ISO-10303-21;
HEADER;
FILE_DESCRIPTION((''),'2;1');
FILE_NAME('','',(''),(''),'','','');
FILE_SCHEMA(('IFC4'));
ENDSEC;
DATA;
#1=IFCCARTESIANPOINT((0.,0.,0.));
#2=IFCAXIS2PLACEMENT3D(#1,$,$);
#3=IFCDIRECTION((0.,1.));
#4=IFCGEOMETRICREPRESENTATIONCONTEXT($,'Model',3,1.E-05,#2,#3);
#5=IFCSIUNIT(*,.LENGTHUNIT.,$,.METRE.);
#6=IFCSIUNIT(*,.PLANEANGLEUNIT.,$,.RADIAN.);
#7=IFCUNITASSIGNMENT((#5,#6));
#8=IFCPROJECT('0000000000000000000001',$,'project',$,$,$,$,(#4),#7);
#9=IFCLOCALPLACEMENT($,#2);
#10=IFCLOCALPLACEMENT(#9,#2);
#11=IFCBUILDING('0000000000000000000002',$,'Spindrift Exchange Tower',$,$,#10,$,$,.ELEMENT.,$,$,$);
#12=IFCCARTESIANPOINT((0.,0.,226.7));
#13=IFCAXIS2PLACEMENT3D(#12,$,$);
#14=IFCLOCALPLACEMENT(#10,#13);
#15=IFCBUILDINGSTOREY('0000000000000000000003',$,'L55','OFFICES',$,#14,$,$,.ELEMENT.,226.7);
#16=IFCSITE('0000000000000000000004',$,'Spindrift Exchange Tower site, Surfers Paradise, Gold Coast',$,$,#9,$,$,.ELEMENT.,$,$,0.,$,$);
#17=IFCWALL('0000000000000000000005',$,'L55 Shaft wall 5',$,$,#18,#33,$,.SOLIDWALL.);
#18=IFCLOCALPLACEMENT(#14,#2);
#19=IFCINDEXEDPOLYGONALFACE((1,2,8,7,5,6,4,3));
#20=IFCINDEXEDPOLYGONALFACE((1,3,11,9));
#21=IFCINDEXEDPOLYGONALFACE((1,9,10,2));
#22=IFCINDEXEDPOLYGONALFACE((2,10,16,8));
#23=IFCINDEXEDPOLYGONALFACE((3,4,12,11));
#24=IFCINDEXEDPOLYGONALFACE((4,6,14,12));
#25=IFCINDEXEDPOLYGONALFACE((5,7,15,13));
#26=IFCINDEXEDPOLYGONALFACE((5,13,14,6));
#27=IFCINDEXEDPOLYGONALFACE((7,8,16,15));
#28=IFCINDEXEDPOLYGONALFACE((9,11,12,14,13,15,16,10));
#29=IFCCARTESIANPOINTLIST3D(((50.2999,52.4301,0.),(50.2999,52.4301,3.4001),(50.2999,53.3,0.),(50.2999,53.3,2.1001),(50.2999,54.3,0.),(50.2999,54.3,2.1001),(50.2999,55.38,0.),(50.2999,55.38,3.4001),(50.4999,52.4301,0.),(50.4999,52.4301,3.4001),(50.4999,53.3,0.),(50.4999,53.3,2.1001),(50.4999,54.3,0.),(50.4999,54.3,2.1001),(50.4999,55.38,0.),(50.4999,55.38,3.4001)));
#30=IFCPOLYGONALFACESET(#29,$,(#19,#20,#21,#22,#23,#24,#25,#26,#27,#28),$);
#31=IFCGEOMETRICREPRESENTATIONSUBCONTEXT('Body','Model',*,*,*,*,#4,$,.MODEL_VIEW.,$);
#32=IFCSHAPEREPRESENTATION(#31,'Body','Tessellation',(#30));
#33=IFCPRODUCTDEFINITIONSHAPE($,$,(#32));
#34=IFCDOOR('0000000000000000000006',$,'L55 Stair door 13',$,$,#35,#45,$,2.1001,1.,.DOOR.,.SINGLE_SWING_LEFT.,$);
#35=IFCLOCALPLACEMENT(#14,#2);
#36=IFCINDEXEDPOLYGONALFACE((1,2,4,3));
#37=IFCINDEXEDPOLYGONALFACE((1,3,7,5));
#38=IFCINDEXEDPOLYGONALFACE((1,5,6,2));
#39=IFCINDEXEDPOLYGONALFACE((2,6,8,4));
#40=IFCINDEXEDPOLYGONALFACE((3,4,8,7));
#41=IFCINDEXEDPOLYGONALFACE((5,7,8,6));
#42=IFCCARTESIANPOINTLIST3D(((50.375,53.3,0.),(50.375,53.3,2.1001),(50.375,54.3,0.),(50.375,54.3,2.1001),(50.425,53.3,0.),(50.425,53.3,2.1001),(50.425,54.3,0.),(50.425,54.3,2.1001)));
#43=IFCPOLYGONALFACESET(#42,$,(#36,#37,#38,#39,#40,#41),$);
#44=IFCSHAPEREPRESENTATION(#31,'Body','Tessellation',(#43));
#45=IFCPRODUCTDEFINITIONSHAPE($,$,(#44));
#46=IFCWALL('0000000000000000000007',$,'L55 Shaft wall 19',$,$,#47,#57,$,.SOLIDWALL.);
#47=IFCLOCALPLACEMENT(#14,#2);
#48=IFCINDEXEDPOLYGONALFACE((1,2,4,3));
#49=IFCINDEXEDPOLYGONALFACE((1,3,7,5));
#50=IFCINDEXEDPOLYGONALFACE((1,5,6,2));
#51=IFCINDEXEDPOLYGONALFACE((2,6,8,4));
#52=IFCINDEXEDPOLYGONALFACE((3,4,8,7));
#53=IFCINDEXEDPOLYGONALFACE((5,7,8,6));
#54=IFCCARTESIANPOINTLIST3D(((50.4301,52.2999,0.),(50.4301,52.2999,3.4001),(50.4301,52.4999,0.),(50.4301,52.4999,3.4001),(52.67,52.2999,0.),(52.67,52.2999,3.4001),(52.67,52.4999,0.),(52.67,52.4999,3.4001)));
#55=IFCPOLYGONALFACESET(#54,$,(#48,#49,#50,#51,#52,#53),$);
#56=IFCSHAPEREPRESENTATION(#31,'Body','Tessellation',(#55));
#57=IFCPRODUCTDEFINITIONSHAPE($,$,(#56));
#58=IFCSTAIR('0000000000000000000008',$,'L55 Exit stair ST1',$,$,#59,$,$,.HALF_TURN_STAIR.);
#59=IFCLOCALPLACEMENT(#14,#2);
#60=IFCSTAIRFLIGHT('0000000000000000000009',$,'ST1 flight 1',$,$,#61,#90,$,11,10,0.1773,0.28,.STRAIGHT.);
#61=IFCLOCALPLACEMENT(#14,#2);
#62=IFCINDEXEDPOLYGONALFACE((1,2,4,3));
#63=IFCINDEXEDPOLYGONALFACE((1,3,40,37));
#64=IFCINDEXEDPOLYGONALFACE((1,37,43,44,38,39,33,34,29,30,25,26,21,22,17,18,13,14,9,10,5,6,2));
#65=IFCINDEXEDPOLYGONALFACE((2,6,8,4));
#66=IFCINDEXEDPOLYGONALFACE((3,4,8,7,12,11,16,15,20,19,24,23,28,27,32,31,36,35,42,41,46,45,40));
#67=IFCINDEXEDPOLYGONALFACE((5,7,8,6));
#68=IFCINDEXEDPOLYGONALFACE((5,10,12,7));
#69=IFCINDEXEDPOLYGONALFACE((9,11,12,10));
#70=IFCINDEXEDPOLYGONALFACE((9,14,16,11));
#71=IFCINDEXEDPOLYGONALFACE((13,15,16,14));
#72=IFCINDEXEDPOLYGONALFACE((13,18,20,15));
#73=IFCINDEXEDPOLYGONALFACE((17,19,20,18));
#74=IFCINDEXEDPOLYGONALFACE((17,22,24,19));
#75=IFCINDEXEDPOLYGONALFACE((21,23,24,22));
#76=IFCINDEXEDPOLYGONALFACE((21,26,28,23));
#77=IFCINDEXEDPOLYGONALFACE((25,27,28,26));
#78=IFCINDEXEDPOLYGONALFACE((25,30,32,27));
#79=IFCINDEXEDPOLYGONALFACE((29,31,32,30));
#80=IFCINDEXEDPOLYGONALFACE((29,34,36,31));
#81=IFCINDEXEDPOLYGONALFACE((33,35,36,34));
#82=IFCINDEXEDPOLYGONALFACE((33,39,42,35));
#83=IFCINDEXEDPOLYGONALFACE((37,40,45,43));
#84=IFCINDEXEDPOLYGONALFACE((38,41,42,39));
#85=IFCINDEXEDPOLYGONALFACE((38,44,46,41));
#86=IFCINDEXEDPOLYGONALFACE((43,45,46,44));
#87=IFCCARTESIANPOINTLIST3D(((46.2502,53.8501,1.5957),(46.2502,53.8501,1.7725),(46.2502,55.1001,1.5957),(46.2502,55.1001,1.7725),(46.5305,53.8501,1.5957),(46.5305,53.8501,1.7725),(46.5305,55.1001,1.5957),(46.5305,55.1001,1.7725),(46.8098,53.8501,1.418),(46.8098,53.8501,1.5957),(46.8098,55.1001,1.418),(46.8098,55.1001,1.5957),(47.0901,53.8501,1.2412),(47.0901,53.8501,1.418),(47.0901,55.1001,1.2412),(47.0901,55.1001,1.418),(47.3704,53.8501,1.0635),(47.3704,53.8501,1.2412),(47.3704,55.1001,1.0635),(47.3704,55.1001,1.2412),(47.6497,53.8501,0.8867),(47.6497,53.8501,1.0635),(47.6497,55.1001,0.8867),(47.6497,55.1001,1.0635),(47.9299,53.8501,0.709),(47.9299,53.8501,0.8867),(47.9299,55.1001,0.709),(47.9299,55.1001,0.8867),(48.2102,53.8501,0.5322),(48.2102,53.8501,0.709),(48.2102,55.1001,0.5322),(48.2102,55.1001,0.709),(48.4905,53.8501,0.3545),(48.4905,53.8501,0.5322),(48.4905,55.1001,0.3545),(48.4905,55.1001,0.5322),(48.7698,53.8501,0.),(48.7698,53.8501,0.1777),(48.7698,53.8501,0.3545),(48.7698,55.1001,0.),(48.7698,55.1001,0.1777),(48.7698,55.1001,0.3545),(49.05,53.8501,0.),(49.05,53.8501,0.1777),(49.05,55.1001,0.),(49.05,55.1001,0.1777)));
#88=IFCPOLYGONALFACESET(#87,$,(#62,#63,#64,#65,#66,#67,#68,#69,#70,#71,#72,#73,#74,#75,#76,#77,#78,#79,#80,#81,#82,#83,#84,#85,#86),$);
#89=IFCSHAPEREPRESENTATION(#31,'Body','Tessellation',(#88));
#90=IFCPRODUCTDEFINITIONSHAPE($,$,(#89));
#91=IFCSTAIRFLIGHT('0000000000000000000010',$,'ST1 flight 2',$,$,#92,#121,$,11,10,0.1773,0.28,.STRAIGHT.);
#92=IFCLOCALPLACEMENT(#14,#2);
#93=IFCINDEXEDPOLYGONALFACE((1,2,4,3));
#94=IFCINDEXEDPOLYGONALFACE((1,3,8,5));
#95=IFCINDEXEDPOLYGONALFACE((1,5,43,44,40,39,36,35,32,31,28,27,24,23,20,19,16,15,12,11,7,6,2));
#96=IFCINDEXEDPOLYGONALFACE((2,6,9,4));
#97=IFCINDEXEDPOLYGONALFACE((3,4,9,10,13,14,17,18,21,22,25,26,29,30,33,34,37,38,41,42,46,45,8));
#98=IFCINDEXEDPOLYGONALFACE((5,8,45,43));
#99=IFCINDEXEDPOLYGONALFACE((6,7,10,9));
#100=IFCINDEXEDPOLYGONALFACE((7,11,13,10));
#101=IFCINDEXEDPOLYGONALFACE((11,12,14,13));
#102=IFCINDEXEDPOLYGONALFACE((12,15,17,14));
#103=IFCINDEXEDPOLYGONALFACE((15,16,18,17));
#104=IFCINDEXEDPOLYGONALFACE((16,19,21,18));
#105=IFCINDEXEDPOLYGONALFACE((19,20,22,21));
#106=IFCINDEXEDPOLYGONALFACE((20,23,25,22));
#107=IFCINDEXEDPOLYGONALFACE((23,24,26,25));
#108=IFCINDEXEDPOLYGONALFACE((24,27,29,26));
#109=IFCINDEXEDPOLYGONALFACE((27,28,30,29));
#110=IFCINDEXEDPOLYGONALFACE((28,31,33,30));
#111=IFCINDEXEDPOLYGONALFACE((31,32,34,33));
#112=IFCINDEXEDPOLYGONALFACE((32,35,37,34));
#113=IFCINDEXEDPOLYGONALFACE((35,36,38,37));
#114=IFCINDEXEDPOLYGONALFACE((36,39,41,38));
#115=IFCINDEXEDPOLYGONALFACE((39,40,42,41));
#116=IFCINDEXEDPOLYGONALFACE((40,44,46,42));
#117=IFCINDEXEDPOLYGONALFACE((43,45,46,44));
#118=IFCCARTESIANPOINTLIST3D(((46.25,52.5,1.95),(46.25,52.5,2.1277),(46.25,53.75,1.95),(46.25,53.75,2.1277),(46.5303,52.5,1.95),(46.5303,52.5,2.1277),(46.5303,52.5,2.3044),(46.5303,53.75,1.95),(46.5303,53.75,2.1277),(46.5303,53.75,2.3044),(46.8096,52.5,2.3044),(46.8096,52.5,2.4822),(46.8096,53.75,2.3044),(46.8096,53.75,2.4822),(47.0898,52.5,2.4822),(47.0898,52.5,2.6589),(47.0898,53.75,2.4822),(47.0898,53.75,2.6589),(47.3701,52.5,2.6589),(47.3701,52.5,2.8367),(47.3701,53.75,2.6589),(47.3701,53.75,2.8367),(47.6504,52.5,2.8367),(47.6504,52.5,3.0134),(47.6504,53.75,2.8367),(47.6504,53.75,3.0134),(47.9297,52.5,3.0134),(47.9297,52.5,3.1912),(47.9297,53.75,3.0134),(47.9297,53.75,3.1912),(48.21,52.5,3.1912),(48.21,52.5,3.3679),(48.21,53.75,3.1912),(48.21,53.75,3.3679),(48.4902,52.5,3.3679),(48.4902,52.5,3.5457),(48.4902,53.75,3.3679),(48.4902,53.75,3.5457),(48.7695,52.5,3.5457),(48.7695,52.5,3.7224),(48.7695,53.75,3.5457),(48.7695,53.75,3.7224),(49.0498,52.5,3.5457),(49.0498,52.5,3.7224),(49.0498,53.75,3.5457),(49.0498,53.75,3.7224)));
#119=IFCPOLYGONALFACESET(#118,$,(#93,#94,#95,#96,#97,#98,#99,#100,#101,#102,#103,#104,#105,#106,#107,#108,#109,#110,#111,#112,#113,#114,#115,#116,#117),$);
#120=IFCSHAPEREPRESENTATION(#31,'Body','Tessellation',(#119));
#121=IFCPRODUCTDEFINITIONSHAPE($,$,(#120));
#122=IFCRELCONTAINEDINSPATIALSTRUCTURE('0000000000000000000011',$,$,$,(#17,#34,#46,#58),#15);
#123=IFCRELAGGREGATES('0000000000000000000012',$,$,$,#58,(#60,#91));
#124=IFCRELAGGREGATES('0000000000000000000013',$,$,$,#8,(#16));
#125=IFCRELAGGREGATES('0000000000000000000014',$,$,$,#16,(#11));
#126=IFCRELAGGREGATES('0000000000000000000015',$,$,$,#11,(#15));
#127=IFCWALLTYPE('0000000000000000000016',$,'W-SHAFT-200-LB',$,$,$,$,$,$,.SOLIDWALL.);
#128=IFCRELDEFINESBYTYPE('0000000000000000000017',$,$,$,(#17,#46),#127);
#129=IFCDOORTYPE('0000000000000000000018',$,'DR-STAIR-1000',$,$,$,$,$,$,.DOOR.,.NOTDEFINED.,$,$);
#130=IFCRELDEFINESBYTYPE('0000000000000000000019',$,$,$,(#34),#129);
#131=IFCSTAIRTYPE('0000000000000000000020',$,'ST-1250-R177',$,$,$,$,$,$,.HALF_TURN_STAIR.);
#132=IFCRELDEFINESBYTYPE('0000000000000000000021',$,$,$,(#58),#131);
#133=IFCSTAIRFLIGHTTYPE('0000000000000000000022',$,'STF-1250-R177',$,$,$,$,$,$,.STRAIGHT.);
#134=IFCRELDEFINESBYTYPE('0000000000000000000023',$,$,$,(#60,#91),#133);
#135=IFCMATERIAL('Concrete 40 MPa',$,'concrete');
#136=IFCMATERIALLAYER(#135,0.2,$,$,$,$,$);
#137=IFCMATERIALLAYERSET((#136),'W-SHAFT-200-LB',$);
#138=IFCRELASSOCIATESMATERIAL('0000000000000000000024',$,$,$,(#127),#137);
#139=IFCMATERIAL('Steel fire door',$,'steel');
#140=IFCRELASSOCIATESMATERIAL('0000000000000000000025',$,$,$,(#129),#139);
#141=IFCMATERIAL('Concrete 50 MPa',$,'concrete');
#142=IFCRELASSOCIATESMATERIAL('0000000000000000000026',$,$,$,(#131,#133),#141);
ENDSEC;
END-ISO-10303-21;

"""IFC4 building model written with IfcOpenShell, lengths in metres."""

from ifc_helpers import new_model, si_unit, direction, frame, frame_2d, origin, place, context, subcontext, project, spatial, line, indexed_curve, rectangle, outline, extrude, source, transform, mapped, material, layer, layer_set, type_object, element, fill, aggregate, save


model = new_model("IFC4")

# Units and contexts
model_context = context("Model", 3, precision=1e-05, world=origin(), true_north=direction((0.0, 1.0)))
body_context = subcontext(model_context, "Body", "Model", "MODEL_VIEW")
ifc_project = project(units=[si_unit("LENGTHUNIT", "METRE"), si_unit("PLANEANGLEUNIT", "RADIAN")], contexts=[model_context])

# Site, building, storey
site_placement = place(None, origin())
site = spatial("IfcSite", under=ifc_project, at=site_placement, Name="Spindrift Exchange Tower site, Surfers Paradise, Gold Coast", CompositionType="ELEMENT", RefElevation=0.0)
building_placement = place(site_placement, origin())
building = spatial("IfcBuilding", under=site, at=building_placement, Name="Spindrift Exchange Tower", CompositionType="ELEMENT")
storey_placement = place(building_placement, frame((0.0, 0.0, 226.7)))
storey = spatial("IfcBuildingStorey", under=building, at=storey_placement, Name="L55", Description="OFFICES", CompositionType="ELEMENT", Elevation=226.7)

# Shared definitions
ifc_material_1 = material(Name="Concrete 50 MPa", Category="concrete")

# Shared definitions
ifc_material_2 = material(Name="Concrete 40 MPa", Category="concrete")
ifc_layer_1 = layer(ifc_material_2, 0.2)
ifc_layer_set_1 = layer_set([ifc_layer_1], Name="W-SHAFT-200-LB")
wall_type_1 = type_object("IfcWallType", Name="W-SHAFT-200-LB", PredefinedType="SOLIDWALL", material=ifc_layer_set_1)

# Wall, opening, door
wall_1_placement = place(storey_placement, frame((50.3999, 52.4299, 0.0), z_axis=(0.0, 0.0, 1.0), x_axis=(0.0, 1.0, 0.0)))
wall_1 = element("IfcWall", 1, at=wall_1_placement, inside=storey, type_object=wall_type_1, Name="L55 Shaft wall 5", PredefinedType="SOLIDWALL", context=body_context, shape_type="SweptSolid", body=[
    extrude(rectangle(XDim=2.95, YDim=0.2, at=frame_2d((1.4751, 0.0))), origin(), (0.0, 0.0, 1.0), 3.4001),
])
opening_1_placement = place(wall_1_placement, frame((0.8701, 0.0, 0.0)))
opening_1 = element("IfcOpeningElement", 2, at=opening_1_placement, cuts=wall_1, PredefinedType="OPENING", context=body_context, shape_type="SweptSolid", body=[
    extrude(rectangle(XDim=1.0, YDim=2.1001, at=frame_2d((0.5, 1.05))), frame((0.0, 0.1099, 0.0), z_axis=(0.0, -1.0, 0.0), x_axis=(1.0, 0.0, 0.0)), (0.0, 0.0, 1.0), 0.22),
])
ifc_material_3 = material(Name="Steel fire door", Category="steel")
door_type_1 = type_object("IfcDoorType", Name="DR-STAIR-1000", OperationType="NOTDEFINED", PredefinedType="DOOR", material=ifc_material_3)
shared_shape_1 = source(origin(), body_context, "Body", "SweptSolid", [
    extrude(rectangle(XDim=1.0, YDim=2.1001, at=frame_2d((0.5, 1.05))), frame((0.0, 0.0249, 0.0), z_axis=(0.0, -1.0, 0.0), x_axis=(1.0, 0.0, 0.0)), (0.0, 0.0, 1.0), 0.05),
])
door_1_placement = place(opening_1_placement, origin())
door_1 = element("IfcDoor", 3, at=door_1_placement, inside=storey, type_object=door_type_1, Name="L55 Stair door 13", OperationType="SINGLE_SWING_LEFT", OverallHeight=2.1001, OverallWidth=1.0, PredefinedType="DOOR", context=body_context, shape_type="MappedRepresentation", body=[
    mapped(shared_shape_1, transform((0.0, 0.0, 0.0), scale=1.0)),
])
fill(opening_1, door_1)

# Wall
wall_2_placement = place(storey_placement, frame((50.4299, 52.3999, 0.0), z_axis=(0.0, 0.0, 1.0), x_axis=(1.0, 0.0, 0.0)))
element("IfcWall", 4, at=wall_2_placement, inside=storey, type_object=wall_type_1, Name="L55 Shaft wall 19", PredefinedType="SOLIDWALL", context=body_context, shape_type="SweptSolid", body=[
    extrude(rectangle(XDim=2.24, YDim=0.2, at=frame_2d((1.1201, 0.0))), origin(), (0.0, 0.0, 1.0), 3.4001),
])

# Stair, stair flights
stair_type = type_object("IfcStairType", Name="ST-1250-R177", PredefinedType="HALF_TURN_STAIR", material=ifc_material_1)
stair_placement = place(storey_placement, origin())
stair = element("IfcStair", 5, at=stair_placement, inside=storey, type_object=stair_type, Name="L55 Exit stair ST1", PredefinedType="HALF_TURN_STAIR")
stair_flight_type = type_object("IfcStairFlightType", Name="STF-1250-R177", PredefinedType="STRAIGHT", material=ifc_material_1)
stair_flight_1_placement = place(storey_placement, frame((49.05, 54.4751, 0.0), z_axis=(0.0, 0.0, 1.0), x_axis=(-1.0, 0.0, 0.0)))
stair_flight_1 = element("IfcStairFlight", 6, at=stair_flight_1_placement, type_object=stair_flight_type, Name="ST1 flight 1", NumberOfRisers=11, NumberOfTreads=10, PredefinedType="STRAIGHT", RiserHeight=0.1773, TreadLength=0.28, context=body_context, shape_type="SweptSolid", body=[
    extrude(outline(indexed_curve([(0.0, 0.0), (0.0, 0.1777), (0.2803, 0.1777), (0.2803, 0.3545), (0.5596, 0.3545), (0.5596, 0.5322), (0.8398, 0.5322), (0.8398, 0.709), (1.1201, 0.709), (1.1201, 0.8867), (1.4004, 0.8867), (1.4004, 1.0635), (1.6797, 1.0635), (1.6797, 1.2412), (1.96, 1.2412), (1.96, 1.418), (2.2402, 1.418), (2.2402, 1.5957), (2.5195, 1.5957), (2.5195, 1.7725), (2.7998, 1.7725), (2.7998, 1.9502), (2.7998, 1.5957), (0.2803, 0.0)], segments=[line(1, 2, 3, 4, 5, 6, 7, 8, 9, 10, 11, 12, 13, 14, 15, 16, 17, 18, 19, 20, 21, 22, 23, 24, 1)], self_intersect=False)), frame((0.0, 0.625, 0.0), z_axis=(0.0, -1.0, 0.0), x_axis=(1.0, 0.0, 0.0)), (0.0, 0.0, 1.0), 1.25),
])
stair_flight_2_placement = place(storey_placement, frame((46.25, 53.125, 1.95), z_axis=(0.0, 0.0, 1.0), x_axis=(1.0, 0.0, 0.0)))
stair_flight_2 = element("IfcStairFlight", 7, at=stair_flight_2_placement, type_object=stair_flight_type, Name="ST1 flight 2", NumberOfRisers=11, NumberOfTreads=10, PredefinedType="STRAIGHT", RiserHeight=0.1773, TreadLength=0.28, context=body_context, shape_type="SweptSolid", body=[
    extrude(outline(indexed_curve([(0.0, 0.0), (0.0, 0.1777), (0.2803, 0.1777), (0.2803, 0.3545), (0.5596, 0.3545), (0.5596, 0.5322), (0.8398, 0.5322), (0.8398, 0.709), (1.1201, 0.709), (1.1201, 0.8867), (1.4004, 0.8867), (1.4004, 1.0635), (1.6797, 1.0635), (1.6797, 1.2412), (1.96, 1.2412), (1.96, 1.418), (2.2402, 1.418), (2.2402, 1.5957), (2.5195, 1.5957), (2.5195, 1.7725), (2.7998, 1.7725), (2.7998, 1.9502), (2.7998, 1.5957), (0.2803, 0.0)], segments=[line(1, 2, 3, 4, 5, 6, 7, 8, 9, 10, 11, 12, 13, 14, 15, 16, 17, 18, 19, 20, 21, 22, 23, 24, 1)], self_intersect=False)), frame((0.0, 0.625, 0.0), z_axis=(0.0, -1.0, 0.0), x_axis=(1.0, 0.0, 0.0)), (0.0, 0.0, 1.0), 1.25),
])
aggregate(stair, [stair_flight_1, stair_flight_2])

save(model, "model.ifc")
